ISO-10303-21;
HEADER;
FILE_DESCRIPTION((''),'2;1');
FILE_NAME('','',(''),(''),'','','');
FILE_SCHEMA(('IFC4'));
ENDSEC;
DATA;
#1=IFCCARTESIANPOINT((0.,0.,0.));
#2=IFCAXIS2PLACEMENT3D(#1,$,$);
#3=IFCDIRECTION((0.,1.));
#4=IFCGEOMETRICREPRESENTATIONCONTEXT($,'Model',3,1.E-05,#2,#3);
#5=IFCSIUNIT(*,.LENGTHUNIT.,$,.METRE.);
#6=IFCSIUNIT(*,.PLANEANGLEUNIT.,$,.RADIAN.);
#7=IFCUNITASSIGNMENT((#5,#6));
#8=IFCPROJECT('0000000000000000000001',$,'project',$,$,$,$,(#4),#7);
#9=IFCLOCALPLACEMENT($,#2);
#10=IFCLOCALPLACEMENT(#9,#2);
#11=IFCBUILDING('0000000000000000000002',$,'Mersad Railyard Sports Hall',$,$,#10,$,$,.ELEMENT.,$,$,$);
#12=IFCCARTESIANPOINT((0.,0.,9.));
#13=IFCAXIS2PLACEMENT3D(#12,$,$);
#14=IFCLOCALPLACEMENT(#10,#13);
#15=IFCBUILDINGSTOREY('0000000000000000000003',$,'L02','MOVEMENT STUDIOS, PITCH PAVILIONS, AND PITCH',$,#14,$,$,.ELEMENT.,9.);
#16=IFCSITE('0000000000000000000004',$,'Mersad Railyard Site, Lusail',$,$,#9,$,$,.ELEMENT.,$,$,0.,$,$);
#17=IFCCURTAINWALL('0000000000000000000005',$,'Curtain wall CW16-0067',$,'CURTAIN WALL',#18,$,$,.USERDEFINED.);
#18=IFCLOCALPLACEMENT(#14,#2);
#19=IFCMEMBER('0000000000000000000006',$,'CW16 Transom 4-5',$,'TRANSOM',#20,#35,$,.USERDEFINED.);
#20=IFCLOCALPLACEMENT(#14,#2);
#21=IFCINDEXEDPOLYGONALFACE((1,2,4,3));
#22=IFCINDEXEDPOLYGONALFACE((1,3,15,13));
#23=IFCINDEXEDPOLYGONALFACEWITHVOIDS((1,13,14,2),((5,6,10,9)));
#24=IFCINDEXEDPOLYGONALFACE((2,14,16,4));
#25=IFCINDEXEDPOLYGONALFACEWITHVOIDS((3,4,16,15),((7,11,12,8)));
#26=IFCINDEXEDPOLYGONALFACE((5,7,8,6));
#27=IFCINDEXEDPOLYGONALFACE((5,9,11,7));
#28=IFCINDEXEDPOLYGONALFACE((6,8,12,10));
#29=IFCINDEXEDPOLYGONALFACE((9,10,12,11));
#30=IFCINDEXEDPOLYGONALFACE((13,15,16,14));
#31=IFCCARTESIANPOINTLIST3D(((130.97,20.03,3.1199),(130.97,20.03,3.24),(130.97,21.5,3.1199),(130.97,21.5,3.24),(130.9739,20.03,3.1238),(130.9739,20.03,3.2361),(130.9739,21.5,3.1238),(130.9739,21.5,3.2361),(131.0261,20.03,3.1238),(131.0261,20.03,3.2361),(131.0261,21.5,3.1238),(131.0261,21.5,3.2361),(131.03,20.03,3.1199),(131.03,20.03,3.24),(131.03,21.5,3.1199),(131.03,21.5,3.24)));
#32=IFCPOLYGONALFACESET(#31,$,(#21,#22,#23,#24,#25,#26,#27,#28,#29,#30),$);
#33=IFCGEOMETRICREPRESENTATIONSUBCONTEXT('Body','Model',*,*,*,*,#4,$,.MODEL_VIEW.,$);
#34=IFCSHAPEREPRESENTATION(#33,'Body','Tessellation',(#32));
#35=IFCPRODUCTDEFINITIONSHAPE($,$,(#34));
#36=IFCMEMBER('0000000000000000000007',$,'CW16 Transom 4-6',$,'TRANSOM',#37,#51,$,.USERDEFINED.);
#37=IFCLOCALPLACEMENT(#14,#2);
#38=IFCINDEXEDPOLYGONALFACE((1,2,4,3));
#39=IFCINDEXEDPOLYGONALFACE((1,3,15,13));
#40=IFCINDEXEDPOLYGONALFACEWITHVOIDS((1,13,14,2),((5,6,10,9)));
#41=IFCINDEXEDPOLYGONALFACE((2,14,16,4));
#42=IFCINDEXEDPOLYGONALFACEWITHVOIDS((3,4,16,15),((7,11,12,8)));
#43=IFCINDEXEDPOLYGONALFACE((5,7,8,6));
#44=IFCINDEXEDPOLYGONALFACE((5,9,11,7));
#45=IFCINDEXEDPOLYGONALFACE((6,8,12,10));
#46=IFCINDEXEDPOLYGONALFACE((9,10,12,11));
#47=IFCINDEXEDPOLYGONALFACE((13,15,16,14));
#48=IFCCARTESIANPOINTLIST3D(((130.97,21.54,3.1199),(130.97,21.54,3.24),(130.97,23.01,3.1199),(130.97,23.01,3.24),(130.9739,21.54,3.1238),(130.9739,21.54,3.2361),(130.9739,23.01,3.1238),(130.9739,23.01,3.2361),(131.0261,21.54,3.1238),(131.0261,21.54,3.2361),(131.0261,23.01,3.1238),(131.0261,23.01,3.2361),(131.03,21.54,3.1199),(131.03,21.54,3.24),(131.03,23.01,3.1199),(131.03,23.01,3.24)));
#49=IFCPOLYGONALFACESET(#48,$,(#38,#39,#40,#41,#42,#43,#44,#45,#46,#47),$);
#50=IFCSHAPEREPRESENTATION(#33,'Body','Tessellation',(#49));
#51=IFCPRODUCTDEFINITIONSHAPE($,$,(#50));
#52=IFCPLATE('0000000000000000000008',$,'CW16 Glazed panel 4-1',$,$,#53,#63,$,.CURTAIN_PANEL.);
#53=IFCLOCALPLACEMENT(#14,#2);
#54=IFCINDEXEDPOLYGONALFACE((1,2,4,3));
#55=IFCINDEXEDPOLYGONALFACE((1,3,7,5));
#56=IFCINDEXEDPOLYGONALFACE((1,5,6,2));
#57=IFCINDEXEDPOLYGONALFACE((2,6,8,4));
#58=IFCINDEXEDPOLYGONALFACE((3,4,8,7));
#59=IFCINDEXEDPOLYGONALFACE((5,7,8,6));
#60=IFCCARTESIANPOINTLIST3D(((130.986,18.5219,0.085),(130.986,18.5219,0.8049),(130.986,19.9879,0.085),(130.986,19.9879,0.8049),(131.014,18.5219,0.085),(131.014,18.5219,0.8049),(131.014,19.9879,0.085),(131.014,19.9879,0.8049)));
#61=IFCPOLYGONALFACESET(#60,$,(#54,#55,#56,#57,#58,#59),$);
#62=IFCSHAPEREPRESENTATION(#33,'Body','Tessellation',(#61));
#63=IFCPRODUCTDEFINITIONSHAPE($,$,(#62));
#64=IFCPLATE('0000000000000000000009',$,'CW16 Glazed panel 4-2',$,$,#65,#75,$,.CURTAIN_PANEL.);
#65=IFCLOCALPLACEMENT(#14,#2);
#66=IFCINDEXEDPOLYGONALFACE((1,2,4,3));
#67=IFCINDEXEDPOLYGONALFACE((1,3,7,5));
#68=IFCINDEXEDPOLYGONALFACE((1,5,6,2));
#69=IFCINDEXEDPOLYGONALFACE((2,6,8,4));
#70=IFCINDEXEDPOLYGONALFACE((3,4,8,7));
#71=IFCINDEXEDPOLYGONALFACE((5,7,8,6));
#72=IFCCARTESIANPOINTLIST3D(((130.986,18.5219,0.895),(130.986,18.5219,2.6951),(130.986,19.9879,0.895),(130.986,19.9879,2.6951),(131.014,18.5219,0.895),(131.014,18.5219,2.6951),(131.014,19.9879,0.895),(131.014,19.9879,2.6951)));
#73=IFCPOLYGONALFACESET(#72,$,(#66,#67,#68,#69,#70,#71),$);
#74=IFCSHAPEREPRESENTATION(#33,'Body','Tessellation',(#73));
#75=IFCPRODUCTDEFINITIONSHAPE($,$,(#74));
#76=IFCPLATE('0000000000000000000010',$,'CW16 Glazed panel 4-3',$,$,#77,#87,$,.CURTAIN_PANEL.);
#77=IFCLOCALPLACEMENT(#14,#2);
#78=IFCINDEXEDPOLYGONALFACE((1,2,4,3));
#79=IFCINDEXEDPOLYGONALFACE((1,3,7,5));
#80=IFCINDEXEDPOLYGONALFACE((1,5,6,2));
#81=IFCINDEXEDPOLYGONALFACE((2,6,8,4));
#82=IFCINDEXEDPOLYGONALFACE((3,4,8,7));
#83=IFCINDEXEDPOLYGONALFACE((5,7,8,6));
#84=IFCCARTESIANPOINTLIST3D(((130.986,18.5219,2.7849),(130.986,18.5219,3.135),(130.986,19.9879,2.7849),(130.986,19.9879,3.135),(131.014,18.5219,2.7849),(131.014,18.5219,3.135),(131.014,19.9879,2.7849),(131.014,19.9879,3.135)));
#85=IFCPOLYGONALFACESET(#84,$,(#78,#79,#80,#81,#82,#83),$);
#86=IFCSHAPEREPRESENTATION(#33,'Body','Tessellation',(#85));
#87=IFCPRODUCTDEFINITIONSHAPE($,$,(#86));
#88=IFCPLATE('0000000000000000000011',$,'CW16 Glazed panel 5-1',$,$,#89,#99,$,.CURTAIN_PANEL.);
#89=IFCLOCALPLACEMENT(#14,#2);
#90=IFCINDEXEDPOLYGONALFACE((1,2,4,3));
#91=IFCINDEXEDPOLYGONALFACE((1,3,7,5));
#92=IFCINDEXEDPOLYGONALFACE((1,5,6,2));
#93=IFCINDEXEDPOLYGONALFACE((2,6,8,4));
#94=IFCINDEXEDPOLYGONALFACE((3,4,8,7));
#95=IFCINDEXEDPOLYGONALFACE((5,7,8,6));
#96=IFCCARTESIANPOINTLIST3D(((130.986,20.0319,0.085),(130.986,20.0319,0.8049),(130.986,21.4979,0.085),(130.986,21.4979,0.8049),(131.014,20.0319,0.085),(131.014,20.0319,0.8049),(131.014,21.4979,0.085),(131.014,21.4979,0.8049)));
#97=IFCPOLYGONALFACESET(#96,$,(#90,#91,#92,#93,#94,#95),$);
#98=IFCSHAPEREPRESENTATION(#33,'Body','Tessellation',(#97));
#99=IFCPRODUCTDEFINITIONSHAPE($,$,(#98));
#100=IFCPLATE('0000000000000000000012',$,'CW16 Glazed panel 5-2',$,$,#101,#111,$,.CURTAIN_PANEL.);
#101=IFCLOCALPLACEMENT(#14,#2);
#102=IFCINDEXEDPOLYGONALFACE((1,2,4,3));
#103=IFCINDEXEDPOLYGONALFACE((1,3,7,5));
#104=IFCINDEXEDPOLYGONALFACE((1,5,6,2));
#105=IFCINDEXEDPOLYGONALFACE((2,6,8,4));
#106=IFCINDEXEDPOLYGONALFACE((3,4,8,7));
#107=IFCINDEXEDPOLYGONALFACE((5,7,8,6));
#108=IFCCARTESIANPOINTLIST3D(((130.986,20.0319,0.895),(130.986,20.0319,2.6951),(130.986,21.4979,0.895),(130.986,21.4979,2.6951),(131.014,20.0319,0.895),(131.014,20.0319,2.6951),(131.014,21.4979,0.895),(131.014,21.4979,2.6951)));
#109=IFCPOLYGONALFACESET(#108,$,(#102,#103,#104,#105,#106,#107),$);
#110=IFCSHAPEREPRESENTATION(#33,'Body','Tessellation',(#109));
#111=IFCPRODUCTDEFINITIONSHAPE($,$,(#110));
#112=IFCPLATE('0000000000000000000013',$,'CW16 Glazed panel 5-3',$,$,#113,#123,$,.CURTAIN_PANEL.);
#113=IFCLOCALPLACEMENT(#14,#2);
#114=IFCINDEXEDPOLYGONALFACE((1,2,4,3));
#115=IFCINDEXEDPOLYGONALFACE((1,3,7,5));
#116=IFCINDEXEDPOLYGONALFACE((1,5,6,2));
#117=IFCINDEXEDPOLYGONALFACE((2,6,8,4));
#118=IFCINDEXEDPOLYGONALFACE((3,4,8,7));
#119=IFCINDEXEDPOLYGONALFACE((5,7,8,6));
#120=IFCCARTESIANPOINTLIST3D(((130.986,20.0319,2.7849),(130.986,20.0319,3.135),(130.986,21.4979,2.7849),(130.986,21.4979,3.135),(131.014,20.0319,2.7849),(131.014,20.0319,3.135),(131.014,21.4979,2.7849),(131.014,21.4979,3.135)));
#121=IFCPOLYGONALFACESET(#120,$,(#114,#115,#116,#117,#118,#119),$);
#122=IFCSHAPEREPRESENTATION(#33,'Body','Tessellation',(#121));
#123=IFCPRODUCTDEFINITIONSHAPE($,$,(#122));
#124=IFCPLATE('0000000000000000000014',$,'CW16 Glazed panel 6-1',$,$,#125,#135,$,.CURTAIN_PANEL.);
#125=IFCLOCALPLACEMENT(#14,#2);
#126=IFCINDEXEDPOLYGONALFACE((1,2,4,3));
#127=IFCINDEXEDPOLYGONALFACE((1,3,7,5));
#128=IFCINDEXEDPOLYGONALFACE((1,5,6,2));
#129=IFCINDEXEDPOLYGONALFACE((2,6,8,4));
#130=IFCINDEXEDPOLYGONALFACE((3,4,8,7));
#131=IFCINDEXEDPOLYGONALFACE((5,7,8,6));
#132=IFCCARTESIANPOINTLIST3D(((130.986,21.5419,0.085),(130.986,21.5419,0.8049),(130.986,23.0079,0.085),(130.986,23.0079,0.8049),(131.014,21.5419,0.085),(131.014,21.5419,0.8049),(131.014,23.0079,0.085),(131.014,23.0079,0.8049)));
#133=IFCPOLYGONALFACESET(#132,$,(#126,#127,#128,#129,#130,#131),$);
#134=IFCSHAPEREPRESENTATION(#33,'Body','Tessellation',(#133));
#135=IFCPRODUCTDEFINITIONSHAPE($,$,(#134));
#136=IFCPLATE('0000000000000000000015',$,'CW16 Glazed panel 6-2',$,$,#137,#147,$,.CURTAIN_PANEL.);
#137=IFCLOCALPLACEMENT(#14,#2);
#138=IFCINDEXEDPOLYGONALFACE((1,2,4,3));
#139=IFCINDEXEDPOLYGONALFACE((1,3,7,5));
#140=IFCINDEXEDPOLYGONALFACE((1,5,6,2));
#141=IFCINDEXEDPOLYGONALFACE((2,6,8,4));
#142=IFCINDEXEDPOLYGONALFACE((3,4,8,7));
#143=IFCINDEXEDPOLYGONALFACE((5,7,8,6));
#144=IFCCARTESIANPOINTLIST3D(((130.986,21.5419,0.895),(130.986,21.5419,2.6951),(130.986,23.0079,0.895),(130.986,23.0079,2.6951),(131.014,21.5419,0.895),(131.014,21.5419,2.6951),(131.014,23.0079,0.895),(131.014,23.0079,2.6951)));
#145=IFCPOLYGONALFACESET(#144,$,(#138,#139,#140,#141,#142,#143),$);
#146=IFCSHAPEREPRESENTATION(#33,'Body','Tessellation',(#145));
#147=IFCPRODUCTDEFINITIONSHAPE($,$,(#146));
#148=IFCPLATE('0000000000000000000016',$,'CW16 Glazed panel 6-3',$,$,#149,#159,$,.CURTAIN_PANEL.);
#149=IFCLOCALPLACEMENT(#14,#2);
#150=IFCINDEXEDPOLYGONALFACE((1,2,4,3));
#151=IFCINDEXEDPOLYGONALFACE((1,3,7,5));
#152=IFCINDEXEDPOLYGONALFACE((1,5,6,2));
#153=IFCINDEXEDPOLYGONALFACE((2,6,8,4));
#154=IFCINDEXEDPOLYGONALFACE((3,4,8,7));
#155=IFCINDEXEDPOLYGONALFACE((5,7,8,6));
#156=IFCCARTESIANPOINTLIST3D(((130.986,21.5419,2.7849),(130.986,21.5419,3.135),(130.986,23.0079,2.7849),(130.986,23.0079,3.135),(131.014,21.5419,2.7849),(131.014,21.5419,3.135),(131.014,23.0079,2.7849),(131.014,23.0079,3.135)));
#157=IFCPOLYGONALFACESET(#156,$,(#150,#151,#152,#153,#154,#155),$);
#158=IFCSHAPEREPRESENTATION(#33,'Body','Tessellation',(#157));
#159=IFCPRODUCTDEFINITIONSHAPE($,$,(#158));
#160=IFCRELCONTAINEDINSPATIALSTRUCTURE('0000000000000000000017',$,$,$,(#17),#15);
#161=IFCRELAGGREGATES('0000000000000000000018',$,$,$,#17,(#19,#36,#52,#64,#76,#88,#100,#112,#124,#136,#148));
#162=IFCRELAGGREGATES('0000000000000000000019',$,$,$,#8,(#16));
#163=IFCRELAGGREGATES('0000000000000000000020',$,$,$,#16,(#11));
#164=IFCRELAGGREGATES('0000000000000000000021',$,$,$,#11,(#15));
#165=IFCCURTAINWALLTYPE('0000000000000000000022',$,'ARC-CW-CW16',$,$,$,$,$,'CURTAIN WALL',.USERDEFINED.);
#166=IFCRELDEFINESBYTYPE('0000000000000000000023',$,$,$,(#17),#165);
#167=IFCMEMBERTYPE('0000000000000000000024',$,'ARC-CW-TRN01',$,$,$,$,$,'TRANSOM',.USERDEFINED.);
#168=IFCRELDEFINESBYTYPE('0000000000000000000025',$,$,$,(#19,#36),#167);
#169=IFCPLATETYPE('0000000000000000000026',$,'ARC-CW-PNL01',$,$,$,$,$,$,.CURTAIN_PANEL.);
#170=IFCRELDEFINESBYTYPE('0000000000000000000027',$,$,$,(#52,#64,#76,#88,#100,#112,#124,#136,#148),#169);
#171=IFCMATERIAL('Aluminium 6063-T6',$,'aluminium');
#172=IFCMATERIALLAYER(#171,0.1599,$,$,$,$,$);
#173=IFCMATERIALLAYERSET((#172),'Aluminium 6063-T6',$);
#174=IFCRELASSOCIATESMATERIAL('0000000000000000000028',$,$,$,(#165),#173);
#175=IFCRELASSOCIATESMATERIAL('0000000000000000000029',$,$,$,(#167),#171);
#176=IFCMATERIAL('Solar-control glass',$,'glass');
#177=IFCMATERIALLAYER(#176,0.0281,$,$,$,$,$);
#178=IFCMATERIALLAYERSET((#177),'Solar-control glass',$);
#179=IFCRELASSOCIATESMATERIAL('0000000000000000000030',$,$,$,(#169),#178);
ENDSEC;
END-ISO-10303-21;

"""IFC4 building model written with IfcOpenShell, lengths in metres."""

from ifc_helpers import new_model, si_unit, direction, frame, origin, origin_2d, place, context, subcontext, project, spatial, rectangle, hollow_rectangle, extrude, material, layer, layer_set, material_profile, profile_set, type_object, element, aggregate, save


model = new_model("IFC4")

# Units and contexts
model_context = context("Model", 3, precision=1e-05, world=origin(), true_north=direction((0.0, 1.0)))
body_context = subcontext(model_context, "Body", "Model", "MODEL_VIEW")
ifc_project = project(units=[si_unit("LENGTHUNIT", "METRE"), si_unit("PLANEANGLEUNIT", "RADIAN")], contexts=[model_context])

# Site, building, storey
site_placement = place(None, origin())
site = spatial("IfcSite", under=ifc_project, at=site_placement, Name="Mersad Railyard Site, Lusail", CompositionType="ELEMENT", RefElevation=0.0)
building_placement = place(site_placement, origin())
building = spatial("IfcBuilding", under=site, at=building_placement, Name="Mersad Railyard Sports Hall", CompositionType="ELEMENT")
storey_placement = place(building_placement, frame((0.0, 0.0, 9.0)))
storey = spatial("IfcBuildingStorey", under=building, at=storey_placement, Name="L02", Description="MOVEMENT STUDIOS, PITCH PAVILIONS, AND PITCH", CompositionType="ELEMENT", Elevation=9.0)

# Curtain wall, members, plates
ifc_material_1 = material(Name="Aluminium 6063-T6", Category="aluminium")
ifc_layer_1 = layer(ifc_material_1, 0.1599)
ifc_layer_set_1 = layer_set([ifc_layer_1], Name="Aluminium 6063-T6")
curtain_wall_type = type_object("IfcCurtainWallType", Name="ARC-CW-CW16", ElementType="CURTAIN WALL", PredefinedType="USERDEFINED", material=ifc_layer_set_1)
curtain_wall_placement = place(storey_placement, origin())
curtain_wall = element("IfcCurtainWall", 1, at=curtain_wall_placement, inside=storey, type_object=curtain_wall_type, Name="Curtain wall CW16-0067", ObjectType="CURTAIN WALL", PredefinedType="USERDEFINED")
ifc_material_profile_1 = material_profile(ifc_material_1, hollow_rectangle(XDim=0.0601, YDim=0.1201, WallThickness=0.0039, at=origin_2d()), Name="AL TRANSOM 60x120x4")
ifc_profile_set_1 = profile_set([ifc_material_profile_1], Name="Aluminium 6063-T6")
member_type_1 = type_object("IfcMemberType", Name="ARC-CW-TRN01", ElementType="TRANSOM", PredefinedType="USERDEFINED", material=ifc_profile_set_1)
member_1_placement = place(storey_placement, frame((131.0, 20.03, 3.1799), z_axis=(0.0, 1.0, 0.0), x_axis=(-1.0, 0.0, 0.0)))
member_1 = element("IfcMember", 2, at=member_1_placement, type_object=member_type_1, Name="CW16 Transom 4-5", ObjectType="TRANSOM", PredefinedType="USERDEFINED", context=body_context, shape_type="SweptSolid", body=[
    extrude(hollow_rectangle(XDim=0.0601, YDim=0.1201, WallThickness=0.0039, at=origin_2d()), origin(), (0.0, 0.0, 1.0), 1.47),
])
member_2_placement = place(storey_placement, frame((131.0, 21.54, 3.1799), z_axis=(0.0, 1.0, 0.0), x_axis=(-1.0, 0.0, 0.0)))
member_2 = element("IfcMember", 3, at=member_2_placement, type_object=member_type_1, Name="CW16 Transom 4-6", ObjectType="TRANSOM", PredefinedType="USERDEFINED", context=body_context, shape_type="SweptSolid", body=[
    extrude(hollow_rectangle(XDim=0.0601, YDim=0.1201, WallThickness=0.0039, at=origin_2d()), origin(), (0.0, 0.0, 1.0), 1.47),
])
ifc_material_2 = material(Name="Solar-control glass", Category="glass")
ifc_layer_2 = layer(ifc_material_2, 0.0281)
ifc_layer_set_2 = layer_set([ifc_layer_2], Name="Solar-control glass")
plate_type = type_object("IfcPlateType", Name="ARC-CW-PNL01", PredefinedType="CURTAIN_PANEL", material=ifc_layer_set_2)
plate_1_placement = place(storey_placement, frame((131.0, 19.2549, 0.085), z_axis=(0.0, 0.0, 1.0), x_axis=(0.0, 1.0, 0.0)))
plate_1 = element("IfcPlate", 4, at=plate_1_placement, type_object=plate_type, Name="CW16 Glazed panel 4-1", PredefinedType="CURTAIN_PANEL", context=body_context, shape_type="SweptSolid", body=[
    extrude(rectangle(XDim=1.4661, YDim=0.0281, at=origin_2d()), origin(), (0.0, 0.0, 1.0), 0.72),
])
plate_2_placement = place(storey_placement, frame((131.0, 19.2549, 0.895), z_axis=(0.0, 0.0, 1.0), x_axis=(0.0, 1.0, 0.0)))
plate_2 = element("IfcPlate", 5, at=plate_2_placement, type_object=plate_type, Name="CW16 Glazed panel 4-2", PredefinedType="CURTAIN_PANEL", context=body_context, shape_type="SweptSolid", body=[
    extrude(rectangle(XDim=1.4661, YDim=0.0281, at=origin_2d()), origin(), (0.0, 0.0, 1.0), 1.8),
])
plate_3_placement = place(storey_placement, frame((131.0, 19.2549, 2.7849), z_axis=(0.0, 0.0, 1.0), x_axis=(0.0, 1.0, 0.0)))
plate_3 = element("IfcPlate", 6, at=plate_3_placement, type_object=plate_type, Name="CW16 Glazed panel 4-3", PredefinedType="CURTAIN_PANEL", context=body_context, shape_type="SweptSolid", body=[
    extrude(rectangle(XDim=1.4661, YDim=0.0281, at=origin_2d()), origin(), (0.0, 0.0, 1.0), 0.3501),
])
plate_4_placement = place(storey_placement, frame((131.0, 20.7649, 0.085), z_axis=(0.0, 0.0, 1.0), x_axis=(0.0, 1.0, 0.0)))
plate_4 = element("IfcPlate", 7, at=plate_4_placement, type_object=plate_type, Name="CW16 Glazed panel 5-1", PredefinedType="CURTAIN_PANEL", context=body_context, shape_type="SweptSolid", body=[
    extrude(rectangle(XDim=1.4661, YDim=0.0281, at=origin_2d()), origin(), (0.0, 0.0, 1.0), 0.72),
])
plate_5_placement = place(storey_placement, frame((131.0, 20.7649, 0.895), z_axis=(0.0, 0.0, 1.0), x_axis=(0.0, 1.0, 0.0)))
plate_5 = element("IfcPlate", 8, at=plate_5_placement, type_object=plate_type, Name="CW16 Glazed panel 5-2", PredefinedType="CURTAIN_PANEL", context=body_context, shape_type="SweptSolid", body=[
    extrude(rectangle(XDim=1.4661, YDim=0.0281, at=origin_2d()), origin(), (0.0, 0.0, 1.0), 1.8),
])
plate_6_placement = place(storey_placement, frame((131.0, 20.7649, 2.7849), z_axis=(0.0, 0.0, 1.0), x_axis=(0.0, 1.0, 0.0)))
plate_6 = element("IfcPlate", 9, at=plate_6_placement, type_object=plate_type, Name="CW16 Glazed panel 5-3", PredefinedType="CURTAIN_PANEL", context=body_context, shape_type="SweptSolid", body=[
    extrude(rectangle(XDim=1.4661, YDim=0.0281, at=origin_2d()), origin(), (0.0, 0.0, 1.0), 0.3501),
])
plate_7_placement = place(storey_placement, frame((131.0, 22.2749, 0.085), z_axis=(0.0, 0.0, 1.0), x_axis=(0.0, 1.0, 0.0)))
plate_7 = element("IfcPlate", 10, at=plate_7_placement, type_object=plate_type, Name="CW16 Glazed panel 6-1", PredefinedType="CURTAIN_PANEL", context=body_context, shape_type="SweptSolid", body=[
    extrude(rectangle(XDim=1.4661, YDim=0.0281, at=origin_2d()), origin(), (0.0, 0.0, 1.0), 0.72),
])
plate_8_placement = place(storey_placement, frame((131.0, 22.2749, 0.895), z_axis=(0.0, 0.0, 1.0), x_axis=(0.0, 1.0, 0.0)))
plate_8 = element("IfcPlate", 11, at=plate_8_placement, type_object=plate_type, Name="CW16 Glazed panel 6-2", PredefinedType="CURTAIN_PANEL", context=body_context, shape_type="SweptSolid", body=[
    extrude(rectangle(XDim=1.4661, YDim=0.0281, at=origin_2d()), origin(), (0.0, 0.0, 1.0), 1.8),
])
plate_9_placement = place(storey_placement, frame((131.0, 22.2749, 2.7849), z_axis=(0.0, 0.0, 1.0), x_axis=(0.0, 1.0, 0.0)))
plate_9 = element("IfcPlate", 12, at=plate_9_placement, type_object=plate_type, Name="CW16 Glazed panel 6-3", PredefinedType="CURTAIN_PANEL", context=body_context, shape_type="SweptSolid", body=[
    extrude(rectangle(XDim=1.4661, YDim=0.0281, at=origin_2d()), origin(), (0.0, 0.0, 1.0), 0.3501),
])
aggregate(curtain_wall, [member_1, member_2, plate_1, plate_2, plate_3, plate_4, plate_5, plate_6, plate_7, plate_8, plate_9])

save(model, "model.ifc")
